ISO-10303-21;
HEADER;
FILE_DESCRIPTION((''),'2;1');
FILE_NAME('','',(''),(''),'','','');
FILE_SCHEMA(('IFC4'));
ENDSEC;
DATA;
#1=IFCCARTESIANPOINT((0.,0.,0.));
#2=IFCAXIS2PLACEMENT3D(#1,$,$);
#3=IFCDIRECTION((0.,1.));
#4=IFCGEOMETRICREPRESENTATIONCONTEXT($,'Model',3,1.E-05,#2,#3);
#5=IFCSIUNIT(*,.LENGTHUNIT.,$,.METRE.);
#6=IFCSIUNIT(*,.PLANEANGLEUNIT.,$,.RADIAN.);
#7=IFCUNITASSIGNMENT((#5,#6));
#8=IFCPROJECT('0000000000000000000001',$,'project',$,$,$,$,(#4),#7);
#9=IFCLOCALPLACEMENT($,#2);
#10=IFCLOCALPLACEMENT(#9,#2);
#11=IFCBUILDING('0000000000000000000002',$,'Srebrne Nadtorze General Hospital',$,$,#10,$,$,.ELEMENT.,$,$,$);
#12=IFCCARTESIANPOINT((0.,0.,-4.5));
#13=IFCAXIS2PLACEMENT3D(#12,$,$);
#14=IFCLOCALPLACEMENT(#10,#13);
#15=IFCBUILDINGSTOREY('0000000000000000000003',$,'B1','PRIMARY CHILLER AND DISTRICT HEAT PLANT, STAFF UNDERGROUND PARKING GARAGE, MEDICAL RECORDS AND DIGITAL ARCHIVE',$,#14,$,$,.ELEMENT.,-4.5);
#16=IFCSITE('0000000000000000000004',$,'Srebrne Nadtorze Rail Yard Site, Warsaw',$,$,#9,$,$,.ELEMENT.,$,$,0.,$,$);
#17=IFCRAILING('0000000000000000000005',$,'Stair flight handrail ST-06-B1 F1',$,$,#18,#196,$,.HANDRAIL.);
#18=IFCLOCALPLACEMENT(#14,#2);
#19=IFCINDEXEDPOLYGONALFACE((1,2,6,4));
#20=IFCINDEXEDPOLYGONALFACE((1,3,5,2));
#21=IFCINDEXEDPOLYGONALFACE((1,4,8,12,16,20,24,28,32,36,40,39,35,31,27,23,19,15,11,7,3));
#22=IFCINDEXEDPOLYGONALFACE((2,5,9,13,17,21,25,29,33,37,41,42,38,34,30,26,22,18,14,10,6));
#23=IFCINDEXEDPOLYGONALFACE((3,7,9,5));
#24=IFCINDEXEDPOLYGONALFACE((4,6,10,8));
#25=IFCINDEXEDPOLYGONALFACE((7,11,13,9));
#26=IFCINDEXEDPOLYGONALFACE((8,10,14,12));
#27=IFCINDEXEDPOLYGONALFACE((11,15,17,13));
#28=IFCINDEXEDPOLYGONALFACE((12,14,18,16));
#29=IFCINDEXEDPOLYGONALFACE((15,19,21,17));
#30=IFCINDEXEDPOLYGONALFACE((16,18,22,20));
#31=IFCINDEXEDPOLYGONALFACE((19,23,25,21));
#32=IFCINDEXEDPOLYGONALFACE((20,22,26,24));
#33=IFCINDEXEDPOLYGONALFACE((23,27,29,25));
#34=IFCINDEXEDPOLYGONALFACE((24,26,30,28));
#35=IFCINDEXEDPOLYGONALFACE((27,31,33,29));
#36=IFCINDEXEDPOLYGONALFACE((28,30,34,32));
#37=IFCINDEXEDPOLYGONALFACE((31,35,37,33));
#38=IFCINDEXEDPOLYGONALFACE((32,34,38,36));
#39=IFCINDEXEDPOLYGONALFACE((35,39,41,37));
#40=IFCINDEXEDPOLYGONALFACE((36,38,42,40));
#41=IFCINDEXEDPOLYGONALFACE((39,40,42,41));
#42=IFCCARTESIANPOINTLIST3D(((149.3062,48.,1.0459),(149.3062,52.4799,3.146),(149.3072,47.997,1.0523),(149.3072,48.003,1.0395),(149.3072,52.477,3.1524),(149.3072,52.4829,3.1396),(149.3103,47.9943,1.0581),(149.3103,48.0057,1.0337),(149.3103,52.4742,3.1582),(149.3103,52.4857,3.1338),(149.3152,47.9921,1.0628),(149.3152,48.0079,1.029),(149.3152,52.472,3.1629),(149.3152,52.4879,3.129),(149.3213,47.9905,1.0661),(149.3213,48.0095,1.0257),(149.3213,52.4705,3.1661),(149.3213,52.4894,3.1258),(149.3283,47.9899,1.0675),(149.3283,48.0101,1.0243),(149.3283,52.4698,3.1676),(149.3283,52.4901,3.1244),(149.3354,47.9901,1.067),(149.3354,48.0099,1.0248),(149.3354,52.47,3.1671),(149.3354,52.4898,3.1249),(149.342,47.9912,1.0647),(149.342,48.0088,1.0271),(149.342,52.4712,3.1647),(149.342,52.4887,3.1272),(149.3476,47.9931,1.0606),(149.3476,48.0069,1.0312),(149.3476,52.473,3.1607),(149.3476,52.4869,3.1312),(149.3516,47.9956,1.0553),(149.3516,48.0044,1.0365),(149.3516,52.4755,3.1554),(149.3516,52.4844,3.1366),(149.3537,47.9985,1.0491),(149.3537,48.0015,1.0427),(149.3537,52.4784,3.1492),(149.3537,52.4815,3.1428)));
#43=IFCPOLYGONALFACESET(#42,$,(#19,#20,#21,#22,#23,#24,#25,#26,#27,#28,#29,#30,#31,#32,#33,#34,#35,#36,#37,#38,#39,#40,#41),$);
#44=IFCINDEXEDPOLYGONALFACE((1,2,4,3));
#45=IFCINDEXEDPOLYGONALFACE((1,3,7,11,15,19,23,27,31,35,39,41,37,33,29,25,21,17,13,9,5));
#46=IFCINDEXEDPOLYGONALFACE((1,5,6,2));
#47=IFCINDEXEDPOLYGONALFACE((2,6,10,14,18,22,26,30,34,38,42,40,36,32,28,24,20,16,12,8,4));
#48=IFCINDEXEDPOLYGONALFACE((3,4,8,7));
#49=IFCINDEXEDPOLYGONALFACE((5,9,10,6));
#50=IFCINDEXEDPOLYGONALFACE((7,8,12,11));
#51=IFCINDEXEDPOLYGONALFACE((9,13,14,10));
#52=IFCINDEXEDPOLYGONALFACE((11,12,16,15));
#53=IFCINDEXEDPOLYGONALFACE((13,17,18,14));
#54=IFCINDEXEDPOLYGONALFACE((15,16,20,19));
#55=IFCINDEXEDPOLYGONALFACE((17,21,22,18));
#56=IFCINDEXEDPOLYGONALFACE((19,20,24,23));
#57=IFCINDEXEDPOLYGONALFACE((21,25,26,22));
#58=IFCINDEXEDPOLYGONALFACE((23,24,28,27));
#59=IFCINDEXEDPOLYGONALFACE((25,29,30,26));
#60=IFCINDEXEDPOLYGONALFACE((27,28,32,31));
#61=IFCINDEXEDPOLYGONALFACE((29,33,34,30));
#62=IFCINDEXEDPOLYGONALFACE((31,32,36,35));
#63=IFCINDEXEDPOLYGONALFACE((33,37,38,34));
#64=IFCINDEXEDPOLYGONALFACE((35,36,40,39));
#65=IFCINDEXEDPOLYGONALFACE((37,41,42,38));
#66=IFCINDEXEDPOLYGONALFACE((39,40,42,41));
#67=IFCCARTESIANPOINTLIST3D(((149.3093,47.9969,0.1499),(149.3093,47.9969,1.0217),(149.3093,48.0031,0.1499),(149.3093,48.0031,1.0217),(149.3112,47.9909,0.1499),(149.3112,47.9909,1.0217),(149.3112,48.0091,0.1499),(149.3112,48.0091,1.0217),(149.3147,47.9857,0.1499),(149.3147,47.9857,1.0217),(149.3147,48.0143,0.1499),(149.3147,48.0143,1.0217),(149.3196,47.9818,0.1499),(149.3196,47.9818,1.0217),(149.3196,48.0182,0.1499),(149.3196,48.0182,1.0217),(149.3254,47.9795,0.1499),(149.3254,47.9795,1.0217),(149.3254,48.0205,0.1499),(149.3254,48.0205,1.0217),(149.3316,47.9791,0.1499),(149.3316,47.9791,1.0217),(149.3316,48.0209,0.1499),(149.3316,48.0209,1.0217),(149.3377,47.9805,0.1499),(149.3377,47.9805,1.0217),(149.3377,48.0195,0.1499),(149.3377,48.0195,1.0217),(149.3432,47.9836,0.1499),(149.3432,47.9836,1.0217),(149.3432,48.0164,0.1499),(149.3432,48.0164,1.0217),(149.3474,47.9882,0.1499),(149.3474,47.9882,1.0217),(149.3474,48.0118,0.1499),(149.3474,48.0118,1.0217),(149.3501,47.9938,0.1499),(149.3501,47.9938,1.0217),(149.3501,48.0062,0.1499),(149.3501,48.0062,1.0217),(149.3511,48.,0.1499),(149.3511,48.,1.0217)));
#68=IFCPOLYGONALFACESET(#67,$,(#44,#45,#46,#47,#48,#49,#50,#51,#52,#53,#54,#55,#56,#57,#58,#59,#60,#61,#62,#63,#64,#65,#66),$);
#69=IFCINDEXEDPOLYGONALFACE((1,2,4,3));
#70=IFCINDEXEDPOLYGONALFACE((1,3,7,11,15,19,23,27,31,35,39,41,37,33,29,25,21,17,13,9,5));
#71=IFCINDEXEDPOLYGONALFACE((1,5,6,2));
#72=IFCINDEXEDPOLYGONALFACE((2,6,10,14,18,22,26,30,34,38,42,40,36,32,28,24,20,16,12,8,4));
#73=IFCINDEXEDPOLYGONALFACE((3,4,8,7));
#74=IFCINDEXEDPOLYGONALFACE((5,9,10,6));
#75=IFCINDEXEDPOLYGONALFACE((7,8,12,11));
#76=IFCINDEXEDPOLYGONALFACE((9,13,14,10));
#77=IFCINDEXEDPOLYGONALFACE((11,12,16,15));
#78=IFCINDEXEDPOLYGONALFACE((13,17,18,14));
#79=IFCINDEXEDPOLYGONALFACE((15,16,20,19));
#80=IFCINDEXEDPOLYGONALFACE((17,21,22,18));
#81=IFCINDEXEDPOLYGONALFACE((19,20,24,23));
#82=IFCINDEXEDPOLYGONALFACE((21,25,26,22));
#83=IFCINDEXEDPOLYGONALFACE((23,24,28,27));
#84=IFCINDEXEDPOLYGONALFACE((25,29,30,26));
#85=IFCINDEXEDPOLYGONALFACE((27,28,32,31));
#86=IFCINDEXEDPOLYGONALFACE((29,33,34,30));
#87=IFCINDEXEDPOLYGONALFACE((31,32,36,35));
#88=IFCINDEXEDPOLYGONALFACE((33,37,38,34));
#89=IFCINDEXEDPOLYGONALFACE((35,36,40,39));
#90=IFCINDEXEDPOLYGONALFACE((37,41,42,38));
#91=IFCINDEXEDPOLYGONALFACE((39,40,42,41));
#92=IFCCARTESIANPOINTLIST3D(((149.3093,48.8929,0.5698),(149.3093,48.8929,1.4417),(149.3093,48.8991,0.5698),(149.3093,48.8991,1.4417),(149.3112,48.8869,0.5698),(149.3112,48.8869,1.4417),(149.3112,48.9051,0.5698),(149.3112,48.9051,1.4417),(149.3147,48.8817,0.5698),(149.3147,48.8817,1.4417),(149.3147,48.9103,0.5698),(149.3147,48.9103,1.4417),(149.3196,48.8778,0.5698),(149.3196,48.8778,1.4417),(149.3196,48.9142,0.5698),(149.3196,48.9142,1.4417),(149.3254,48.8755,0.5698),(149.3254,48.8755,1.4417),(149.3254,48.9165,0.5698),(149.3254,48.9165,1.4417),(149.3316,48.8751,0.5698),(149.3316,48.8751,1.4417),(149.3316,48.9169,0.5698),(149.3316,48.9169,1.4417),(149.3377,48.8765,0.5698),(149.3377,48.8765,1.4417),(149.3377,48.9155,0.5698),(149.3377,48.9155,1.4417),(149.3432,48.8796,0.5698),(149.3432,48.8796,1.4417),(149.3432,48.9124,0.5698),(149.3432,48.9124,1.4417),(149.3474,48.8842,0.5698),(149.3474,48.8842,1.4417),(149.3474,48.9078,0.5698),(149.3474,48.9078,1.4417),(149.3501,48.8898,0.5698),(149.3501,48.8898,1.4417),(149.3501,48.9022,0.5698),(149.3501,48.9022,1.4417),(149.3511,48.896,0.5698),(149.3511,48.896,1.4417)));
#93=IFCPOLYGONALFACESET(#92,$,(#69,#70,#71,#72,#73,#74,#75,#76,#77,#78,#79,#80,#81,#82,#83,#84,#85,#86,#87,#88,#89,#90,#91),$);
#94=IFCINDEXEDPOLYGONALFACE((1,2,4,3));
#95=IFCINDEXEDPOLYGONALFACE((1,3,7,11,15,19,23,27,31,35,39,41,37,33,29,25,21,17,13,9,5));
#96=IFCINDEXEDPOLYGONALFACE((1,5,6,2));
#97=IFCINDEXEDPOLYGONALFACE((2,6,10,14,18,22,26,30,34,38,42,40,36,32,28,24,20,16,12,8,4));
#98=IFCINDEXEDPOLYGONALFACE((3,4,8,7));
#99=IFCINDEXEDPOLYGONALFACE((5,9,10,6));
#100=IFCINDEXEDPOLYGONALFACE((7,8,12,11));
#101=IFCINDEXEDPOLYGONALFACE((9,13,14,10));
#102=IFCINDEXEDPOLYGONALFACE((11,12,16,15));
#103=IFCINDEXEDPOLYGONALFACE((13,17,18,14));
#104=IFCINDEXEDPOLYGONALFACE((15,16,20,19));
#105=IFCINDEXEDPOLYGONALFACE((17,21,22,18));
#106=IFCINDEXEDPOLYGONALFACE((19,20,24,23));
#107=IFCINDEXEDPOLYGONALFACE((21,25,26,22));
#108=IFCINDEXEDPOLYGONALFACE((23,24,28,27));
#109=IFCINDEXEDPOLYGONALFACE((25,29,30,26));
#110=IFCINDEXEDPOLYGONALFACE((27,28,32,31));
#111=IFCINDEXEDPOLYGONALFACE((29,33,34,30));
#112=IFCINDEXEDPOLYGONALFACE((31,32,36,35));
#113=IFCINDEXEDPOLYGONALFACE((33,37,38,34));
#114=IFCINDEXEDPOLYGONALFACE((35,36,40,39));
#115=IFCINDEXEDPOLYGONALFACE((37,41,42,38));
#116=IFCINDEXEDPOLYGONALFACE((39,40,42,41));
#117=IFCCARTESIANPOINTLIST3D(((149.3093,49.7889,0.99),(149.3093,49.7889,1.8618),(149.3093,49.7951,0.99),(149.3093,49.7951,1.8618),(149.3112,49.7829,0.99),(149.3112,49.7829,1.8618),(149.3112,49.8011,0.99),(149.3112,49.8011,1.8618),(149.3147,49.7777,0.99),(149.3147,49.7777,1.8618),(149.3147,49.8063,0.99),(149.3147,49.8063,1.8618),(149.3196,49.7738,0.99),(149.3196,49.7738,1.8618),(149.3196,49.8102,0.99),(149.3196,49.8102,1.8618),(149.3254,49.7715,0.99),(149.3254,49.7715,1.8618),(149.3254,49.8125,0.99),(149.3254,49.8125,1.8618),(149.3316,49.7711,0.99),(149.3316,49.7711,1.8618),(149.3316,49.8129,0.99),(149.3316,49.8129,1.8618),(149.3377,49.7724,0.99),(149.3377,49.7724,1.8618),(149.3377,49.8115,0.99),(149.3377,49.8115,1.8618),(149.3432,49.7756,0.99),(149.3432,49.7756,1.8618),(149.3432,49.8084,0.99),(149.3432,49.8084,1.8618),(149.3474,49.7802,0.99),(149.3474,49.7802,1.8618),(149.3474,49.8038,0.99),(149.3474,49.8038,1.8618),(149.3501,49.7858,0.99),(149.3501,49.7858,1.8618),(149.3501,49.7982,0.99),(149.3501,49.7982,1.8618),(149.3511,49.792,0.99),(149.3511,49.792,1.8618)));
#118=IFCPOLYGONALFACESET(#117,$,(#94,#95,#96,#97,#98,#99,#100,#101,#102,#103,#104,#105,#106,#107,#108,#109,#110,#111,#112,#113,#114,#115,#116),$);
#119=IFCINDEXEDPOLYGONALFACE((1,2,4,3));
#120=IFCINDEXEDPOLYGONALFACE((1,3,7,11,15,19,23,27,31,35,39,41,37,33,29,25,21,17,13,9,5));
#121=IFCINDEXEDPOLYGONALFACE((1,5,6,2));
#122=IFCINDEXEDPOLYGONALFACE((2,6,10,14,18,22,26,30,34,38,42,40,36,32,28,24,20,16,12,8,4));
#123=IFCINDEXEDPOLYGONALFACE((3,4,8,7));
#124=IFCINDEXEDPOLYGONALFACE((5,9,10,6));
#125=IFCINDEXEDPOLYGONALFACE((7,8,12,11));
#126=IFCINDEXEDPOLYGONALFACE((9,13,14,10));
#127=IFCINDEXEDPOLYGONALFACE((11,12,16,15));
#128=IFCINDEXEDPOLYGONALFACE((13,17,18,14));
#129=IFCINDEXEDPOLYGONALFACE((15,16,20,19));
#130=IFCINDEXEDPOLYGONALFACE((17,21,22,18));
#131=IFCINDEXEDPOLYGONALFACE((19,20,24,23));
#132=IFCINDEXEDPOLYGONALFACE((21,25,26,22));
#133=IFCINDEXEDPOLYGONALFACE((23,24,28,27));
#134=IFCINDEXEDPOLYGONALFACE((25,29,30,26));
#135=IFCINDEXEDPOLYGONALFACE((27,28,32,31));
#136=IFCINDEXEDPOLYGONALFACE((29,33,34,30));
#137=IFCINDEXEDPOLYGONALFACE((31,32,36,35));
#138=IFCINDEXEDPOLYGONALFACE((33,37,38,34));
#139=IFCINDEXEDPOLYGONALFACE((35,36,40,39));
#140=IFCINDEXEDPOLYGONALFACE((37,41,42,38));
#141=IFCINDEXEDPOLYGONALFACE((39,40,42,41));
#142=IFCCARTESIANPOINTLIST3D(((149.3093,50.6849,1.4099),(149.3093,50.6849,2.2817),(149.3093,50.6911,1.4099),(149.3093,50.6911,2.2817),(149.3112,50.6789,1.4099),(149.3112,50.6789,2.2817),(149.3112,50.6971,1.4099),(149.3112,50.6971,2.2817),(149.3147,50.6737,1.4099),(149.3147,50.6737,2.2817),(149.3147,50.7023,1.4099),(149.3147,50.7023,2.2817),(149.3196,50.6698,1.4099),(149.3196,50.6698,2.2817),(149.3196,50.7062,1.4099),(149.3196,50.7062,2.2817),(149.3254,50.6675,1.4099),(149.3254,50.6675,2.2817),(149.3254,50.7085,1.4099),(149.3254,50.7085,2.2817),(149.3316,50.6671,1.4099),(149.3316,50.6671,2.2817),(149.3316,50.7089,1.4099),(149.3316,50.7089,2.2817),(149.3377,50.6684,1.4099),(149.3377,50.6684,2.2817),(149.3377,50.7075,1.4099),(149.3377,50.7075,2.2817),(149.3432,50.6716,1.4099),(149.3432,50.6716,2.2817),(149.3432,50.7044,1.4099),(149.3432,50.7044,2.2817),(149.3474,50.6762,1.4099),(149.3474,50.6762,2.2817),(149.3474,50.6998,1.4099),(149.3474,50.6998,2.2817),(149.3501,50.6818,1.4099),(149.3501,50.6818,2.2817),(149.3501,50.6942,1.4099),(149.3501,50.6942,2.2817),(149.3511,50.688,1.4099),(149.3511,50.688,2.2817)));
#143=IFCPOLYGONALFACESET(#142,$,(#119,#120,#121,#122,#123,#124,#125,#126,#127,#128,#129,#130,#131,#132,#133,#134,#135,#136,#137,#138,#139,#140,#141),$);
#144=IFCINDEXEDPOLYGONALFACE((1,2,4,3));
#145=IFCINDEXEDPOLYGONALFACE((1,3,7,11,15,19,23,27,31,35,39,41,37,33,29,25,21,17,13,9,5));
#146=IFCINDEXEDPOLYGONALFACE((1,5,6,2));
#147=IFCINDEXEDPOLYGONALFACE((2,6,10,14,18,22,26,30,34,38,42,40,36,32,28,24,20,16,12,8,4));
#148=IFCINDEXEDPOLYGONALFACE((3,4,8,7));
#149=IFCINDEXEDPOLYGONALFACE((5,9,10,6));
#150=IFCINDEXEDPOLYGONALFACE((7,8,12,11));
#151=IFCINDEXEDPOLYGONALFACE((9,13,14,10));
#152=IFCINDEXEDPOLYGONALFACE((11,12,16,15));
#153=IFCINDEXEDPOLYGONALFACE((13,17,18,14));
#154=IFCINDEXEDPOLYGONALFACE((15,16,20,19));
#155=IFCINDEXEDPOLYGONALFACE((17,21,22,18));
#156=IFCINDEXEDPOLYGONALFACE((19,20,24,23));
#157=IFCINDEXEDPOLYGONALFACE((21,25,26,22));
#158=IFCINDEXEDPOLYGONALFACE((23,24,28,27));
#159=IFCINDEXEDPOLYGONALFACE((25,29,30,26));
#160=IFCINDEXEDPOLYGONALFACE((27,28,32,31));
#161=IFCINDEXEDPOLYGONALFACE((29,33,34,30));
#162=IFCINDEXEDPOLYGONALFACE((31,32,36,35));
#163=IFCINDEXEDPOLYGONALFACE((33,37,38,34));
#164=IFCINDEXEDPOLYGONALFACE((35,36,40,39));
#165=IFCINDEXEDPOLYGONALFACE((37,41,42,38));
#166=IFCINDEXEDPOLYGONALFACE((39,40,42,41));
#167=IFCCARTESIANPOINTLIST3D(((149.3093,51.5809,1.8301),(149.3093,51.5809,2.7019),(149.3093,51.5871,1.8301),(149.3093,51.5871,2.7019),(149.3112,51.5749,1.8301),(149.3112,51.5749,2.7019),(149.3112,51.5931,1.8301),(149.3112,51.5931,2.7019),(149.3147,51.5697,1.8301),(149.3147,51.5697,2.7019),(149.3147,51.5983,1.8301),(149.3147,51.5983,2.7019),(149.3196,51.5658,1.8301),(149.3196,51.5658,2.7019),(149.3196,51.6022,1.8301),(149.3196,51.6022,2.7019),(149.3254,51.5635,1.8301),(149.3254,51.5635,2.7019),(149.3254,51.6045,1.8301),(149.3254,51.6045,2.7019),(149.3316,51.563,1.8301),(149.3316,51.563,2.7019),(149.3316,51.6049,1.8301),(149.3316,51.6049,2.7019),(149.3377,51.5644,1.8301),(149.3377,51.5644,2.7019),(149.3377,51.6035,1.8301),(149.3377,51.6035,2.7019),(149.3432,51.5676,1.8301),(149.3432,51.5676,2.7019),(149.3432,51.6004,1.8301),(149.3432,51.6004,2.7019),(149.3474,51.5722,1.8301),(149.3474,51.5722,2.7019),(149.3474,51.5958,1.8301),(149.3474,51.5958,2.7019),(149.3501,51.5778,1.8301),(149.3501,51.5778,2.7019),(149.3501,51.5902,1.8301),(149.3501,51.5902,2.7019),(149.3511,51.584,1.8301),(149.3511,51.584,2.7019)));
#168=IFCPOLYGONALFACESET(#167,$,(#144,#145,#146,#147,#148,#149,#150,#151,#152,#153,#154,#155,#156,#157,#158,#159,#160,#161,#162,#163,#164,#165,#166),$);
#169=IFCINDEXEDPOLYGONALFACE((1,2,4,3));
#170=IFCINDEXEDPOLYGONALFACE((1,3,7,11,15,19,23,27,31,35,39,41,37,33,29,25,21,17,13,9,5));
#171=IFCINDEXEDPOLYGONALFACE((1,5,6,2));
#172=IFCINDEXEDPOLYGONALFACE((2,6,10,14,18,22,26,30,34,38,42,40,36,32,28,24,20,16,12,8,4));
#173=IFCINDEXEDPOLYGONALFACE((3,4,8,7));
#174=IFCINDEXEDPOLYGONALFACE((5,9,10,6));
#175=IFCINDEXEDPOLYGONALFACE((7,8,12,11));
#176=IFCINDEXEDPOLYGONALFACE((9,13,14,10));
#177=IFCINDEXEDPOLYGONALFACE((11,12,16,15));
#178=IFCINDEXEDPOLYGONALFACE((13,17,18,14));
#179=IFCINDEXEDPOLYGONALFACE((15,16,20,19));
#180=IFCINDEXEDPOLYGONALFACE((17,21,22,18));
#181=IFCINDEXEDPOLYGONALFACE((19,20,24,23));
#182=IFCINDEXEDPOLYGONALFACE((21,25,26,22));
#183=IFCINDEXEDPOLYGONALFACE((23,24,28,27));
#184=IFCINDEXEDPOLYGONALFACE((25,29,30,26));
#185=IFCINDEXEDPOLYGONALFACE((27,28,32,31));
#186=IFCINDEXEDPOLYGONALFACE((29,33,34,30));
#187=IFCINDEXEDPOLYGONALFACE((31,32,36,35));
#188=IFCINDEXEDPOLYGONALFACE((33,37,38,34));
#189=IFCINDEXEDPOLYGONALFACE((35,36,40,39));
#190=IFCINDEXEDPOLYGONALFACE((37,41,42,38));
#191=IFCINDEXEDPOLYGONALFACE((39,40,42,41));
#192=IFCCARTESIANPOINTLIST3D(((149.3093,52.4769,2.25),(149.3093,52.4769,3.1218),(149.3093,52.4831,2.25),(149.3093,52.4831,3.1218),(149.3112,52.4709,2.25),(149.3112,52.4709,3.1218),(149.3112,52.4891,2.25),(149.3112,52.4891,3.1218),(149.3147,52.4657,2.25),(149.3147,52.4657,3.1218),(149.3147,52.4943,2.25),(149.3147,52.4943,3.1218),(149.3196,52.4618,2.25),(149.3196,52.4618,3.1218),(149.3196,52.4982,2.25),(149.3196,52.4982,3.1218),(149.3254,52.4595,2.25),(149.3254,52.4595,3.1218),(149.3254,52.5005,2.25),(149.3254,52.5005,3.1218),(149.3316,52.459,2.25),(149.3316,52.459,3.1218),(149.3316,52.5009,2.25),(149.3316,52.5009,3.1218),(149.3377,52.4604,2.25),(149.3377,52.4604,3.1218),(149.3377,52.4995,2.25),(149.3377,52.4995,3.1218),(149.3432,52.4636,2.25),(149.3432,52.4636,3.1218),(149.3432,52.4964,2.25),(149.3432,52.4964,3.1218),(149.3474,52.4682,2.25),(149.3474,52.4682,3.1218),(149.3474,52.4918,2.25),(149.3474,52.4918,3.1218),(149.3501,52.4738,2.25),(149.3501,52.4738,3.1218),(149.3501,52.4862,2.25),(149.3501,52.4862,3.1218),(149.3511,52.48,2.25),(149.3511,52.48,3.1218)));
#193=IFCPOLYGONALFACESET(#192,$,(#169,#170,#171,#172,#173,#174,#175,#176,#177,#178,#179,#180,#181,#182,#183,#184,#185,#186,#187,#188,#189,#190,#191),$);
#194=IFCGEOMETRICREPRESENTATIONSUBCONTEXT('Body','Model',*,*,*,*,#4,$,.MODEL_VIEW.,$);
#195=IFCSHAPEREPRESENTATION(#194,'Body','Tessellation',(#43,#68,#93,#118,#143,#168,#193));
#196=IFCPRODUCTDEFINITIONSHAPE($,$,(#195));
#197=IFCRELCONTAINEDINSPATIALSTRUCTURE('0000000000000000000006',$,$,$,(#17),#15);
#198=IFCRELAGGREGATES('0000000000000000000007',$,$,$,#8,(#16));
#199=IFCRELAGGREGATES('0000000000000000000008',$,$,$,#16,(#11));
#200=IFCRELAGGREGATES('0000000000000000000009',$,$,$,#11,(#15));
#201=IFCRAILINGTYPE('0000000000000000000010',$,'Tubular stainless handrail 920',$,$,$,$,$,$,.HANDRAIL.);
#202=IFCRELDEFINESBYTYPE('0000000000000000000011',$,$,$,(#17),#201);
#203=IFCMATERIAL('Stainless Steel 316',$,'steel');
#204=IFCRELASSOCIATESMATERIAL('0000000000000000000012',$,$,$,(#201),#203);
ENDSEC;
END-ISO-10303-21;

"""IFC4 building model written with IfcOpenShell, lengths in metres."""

from ifc_helpers import new_model, si_unit, direction, frame, origin, origin_2d, place, context, subcontext, project, spatial, circle, extrude, material, type_object, element, save


model = new_model("IFC4")

# Units and contexts
model_context = context("Model", 3, precision=1e-05, world=origin(), true_north=direction((0.0, 1.0)))
body_context = subcontext(model_context, "Body", "Model", "MODEL_VIEW")
ifc_project = project(units=[si_unit("LENGTHUNIT", "METRE"), si_unit("PLANEANGLEUNIT", "RADIAN")], contexts=[model_context])

# Site, building, storey
site_placement = place(None, origin())
site = spatial("IfcSite", under=ifc_project, at=site_placement, Name="Srebrne Nadtorze Rail Yard Site, Warsaw", CompositionType="ELEMENT", RefElevation=0.0)
building_placement = place(site_placement, origin())
building = spatial("IfcBuilding", under=site, at=building_placement, Name="Srebrne Nadtorze General Hospital", CompositionType="ELEMENT")
storey_placement = place(building_placement, frame((0.0, 0.0, -4.5)))
storey = spatial("IfcBuildingStorey", under=building, at=storey_placement, Name="B1", Description="PRIMARY CHILLER AND DISTRICT HEAT PLANT, STAFF UNDERGROUND PARKING GARAGE, MEDICAL RECORDS AND DIGITAL ARCHIVE", CompositionType="ELEMENT", Elevation=-4.5)

# Railing
ifc_material_1 = material(Name="Stainless Steel 316", Category="steel")
railing_type = type_object("IfcRailingType", Name="Tubular stainless handrail 920", PredefinedType="HANDRAIL", material=ifc_material_1)
railing_placement = place(storey_placement, frame((149.3301, 48.0, 0.1499)))
element("IfcRailing", 1, at=railing_placement, inside=storey, type_object=railing_type, Name="Stair flight handrail ST-06-B1 F1", PredefinedType="HANDRAIL", context=body_context, shape_type="SweptSolid", body=[
    extrude(circle(Radius=0.0239, at=origin_2d()), frame((0.0, 0.0, 0.896), z_axis=(0.0, 0.905451, 0.424452), x_axis=(-1.0, 0.0, 0.0)), (0.0, 0.0, 1.0), 4.9478),
    extrude(circle(Radius=0.021, at=origin_2d()), origin(), (0.0, 0.0, 1.0), 0.8718),
    extrude(circle(Radius=0.021, at=origin_2d()), frame((0.0, 0.896, 0.4199)), (0.0, 0.0, 1.0), 0.8718),
    extrude(circle(Radius=0.021, at=origin_2d()), frame((0.0, 1.792, 0.8401)), (0.0, 0.0, 1.0), 0.8718),
    extrude(circle(Radius=0.021, at=origin_2d()), frame((0.0, 2.688, 1.26)), (0.0, 0.0, 1.0), 0.8718),
    extrude(circle(Radius=0.021, at=origin_2d()), frame((0.0, 3.584, 1.6802)), (0.0, 0.0, 1.0), 0.8718),
    extrude(circle(Radius=0.021, at=origin_2d()), frame((0.0, 4.48, 2.1001)), (0.0, 0.0, 1.0), 0.8718),
])

save(model, "model.ifc")
